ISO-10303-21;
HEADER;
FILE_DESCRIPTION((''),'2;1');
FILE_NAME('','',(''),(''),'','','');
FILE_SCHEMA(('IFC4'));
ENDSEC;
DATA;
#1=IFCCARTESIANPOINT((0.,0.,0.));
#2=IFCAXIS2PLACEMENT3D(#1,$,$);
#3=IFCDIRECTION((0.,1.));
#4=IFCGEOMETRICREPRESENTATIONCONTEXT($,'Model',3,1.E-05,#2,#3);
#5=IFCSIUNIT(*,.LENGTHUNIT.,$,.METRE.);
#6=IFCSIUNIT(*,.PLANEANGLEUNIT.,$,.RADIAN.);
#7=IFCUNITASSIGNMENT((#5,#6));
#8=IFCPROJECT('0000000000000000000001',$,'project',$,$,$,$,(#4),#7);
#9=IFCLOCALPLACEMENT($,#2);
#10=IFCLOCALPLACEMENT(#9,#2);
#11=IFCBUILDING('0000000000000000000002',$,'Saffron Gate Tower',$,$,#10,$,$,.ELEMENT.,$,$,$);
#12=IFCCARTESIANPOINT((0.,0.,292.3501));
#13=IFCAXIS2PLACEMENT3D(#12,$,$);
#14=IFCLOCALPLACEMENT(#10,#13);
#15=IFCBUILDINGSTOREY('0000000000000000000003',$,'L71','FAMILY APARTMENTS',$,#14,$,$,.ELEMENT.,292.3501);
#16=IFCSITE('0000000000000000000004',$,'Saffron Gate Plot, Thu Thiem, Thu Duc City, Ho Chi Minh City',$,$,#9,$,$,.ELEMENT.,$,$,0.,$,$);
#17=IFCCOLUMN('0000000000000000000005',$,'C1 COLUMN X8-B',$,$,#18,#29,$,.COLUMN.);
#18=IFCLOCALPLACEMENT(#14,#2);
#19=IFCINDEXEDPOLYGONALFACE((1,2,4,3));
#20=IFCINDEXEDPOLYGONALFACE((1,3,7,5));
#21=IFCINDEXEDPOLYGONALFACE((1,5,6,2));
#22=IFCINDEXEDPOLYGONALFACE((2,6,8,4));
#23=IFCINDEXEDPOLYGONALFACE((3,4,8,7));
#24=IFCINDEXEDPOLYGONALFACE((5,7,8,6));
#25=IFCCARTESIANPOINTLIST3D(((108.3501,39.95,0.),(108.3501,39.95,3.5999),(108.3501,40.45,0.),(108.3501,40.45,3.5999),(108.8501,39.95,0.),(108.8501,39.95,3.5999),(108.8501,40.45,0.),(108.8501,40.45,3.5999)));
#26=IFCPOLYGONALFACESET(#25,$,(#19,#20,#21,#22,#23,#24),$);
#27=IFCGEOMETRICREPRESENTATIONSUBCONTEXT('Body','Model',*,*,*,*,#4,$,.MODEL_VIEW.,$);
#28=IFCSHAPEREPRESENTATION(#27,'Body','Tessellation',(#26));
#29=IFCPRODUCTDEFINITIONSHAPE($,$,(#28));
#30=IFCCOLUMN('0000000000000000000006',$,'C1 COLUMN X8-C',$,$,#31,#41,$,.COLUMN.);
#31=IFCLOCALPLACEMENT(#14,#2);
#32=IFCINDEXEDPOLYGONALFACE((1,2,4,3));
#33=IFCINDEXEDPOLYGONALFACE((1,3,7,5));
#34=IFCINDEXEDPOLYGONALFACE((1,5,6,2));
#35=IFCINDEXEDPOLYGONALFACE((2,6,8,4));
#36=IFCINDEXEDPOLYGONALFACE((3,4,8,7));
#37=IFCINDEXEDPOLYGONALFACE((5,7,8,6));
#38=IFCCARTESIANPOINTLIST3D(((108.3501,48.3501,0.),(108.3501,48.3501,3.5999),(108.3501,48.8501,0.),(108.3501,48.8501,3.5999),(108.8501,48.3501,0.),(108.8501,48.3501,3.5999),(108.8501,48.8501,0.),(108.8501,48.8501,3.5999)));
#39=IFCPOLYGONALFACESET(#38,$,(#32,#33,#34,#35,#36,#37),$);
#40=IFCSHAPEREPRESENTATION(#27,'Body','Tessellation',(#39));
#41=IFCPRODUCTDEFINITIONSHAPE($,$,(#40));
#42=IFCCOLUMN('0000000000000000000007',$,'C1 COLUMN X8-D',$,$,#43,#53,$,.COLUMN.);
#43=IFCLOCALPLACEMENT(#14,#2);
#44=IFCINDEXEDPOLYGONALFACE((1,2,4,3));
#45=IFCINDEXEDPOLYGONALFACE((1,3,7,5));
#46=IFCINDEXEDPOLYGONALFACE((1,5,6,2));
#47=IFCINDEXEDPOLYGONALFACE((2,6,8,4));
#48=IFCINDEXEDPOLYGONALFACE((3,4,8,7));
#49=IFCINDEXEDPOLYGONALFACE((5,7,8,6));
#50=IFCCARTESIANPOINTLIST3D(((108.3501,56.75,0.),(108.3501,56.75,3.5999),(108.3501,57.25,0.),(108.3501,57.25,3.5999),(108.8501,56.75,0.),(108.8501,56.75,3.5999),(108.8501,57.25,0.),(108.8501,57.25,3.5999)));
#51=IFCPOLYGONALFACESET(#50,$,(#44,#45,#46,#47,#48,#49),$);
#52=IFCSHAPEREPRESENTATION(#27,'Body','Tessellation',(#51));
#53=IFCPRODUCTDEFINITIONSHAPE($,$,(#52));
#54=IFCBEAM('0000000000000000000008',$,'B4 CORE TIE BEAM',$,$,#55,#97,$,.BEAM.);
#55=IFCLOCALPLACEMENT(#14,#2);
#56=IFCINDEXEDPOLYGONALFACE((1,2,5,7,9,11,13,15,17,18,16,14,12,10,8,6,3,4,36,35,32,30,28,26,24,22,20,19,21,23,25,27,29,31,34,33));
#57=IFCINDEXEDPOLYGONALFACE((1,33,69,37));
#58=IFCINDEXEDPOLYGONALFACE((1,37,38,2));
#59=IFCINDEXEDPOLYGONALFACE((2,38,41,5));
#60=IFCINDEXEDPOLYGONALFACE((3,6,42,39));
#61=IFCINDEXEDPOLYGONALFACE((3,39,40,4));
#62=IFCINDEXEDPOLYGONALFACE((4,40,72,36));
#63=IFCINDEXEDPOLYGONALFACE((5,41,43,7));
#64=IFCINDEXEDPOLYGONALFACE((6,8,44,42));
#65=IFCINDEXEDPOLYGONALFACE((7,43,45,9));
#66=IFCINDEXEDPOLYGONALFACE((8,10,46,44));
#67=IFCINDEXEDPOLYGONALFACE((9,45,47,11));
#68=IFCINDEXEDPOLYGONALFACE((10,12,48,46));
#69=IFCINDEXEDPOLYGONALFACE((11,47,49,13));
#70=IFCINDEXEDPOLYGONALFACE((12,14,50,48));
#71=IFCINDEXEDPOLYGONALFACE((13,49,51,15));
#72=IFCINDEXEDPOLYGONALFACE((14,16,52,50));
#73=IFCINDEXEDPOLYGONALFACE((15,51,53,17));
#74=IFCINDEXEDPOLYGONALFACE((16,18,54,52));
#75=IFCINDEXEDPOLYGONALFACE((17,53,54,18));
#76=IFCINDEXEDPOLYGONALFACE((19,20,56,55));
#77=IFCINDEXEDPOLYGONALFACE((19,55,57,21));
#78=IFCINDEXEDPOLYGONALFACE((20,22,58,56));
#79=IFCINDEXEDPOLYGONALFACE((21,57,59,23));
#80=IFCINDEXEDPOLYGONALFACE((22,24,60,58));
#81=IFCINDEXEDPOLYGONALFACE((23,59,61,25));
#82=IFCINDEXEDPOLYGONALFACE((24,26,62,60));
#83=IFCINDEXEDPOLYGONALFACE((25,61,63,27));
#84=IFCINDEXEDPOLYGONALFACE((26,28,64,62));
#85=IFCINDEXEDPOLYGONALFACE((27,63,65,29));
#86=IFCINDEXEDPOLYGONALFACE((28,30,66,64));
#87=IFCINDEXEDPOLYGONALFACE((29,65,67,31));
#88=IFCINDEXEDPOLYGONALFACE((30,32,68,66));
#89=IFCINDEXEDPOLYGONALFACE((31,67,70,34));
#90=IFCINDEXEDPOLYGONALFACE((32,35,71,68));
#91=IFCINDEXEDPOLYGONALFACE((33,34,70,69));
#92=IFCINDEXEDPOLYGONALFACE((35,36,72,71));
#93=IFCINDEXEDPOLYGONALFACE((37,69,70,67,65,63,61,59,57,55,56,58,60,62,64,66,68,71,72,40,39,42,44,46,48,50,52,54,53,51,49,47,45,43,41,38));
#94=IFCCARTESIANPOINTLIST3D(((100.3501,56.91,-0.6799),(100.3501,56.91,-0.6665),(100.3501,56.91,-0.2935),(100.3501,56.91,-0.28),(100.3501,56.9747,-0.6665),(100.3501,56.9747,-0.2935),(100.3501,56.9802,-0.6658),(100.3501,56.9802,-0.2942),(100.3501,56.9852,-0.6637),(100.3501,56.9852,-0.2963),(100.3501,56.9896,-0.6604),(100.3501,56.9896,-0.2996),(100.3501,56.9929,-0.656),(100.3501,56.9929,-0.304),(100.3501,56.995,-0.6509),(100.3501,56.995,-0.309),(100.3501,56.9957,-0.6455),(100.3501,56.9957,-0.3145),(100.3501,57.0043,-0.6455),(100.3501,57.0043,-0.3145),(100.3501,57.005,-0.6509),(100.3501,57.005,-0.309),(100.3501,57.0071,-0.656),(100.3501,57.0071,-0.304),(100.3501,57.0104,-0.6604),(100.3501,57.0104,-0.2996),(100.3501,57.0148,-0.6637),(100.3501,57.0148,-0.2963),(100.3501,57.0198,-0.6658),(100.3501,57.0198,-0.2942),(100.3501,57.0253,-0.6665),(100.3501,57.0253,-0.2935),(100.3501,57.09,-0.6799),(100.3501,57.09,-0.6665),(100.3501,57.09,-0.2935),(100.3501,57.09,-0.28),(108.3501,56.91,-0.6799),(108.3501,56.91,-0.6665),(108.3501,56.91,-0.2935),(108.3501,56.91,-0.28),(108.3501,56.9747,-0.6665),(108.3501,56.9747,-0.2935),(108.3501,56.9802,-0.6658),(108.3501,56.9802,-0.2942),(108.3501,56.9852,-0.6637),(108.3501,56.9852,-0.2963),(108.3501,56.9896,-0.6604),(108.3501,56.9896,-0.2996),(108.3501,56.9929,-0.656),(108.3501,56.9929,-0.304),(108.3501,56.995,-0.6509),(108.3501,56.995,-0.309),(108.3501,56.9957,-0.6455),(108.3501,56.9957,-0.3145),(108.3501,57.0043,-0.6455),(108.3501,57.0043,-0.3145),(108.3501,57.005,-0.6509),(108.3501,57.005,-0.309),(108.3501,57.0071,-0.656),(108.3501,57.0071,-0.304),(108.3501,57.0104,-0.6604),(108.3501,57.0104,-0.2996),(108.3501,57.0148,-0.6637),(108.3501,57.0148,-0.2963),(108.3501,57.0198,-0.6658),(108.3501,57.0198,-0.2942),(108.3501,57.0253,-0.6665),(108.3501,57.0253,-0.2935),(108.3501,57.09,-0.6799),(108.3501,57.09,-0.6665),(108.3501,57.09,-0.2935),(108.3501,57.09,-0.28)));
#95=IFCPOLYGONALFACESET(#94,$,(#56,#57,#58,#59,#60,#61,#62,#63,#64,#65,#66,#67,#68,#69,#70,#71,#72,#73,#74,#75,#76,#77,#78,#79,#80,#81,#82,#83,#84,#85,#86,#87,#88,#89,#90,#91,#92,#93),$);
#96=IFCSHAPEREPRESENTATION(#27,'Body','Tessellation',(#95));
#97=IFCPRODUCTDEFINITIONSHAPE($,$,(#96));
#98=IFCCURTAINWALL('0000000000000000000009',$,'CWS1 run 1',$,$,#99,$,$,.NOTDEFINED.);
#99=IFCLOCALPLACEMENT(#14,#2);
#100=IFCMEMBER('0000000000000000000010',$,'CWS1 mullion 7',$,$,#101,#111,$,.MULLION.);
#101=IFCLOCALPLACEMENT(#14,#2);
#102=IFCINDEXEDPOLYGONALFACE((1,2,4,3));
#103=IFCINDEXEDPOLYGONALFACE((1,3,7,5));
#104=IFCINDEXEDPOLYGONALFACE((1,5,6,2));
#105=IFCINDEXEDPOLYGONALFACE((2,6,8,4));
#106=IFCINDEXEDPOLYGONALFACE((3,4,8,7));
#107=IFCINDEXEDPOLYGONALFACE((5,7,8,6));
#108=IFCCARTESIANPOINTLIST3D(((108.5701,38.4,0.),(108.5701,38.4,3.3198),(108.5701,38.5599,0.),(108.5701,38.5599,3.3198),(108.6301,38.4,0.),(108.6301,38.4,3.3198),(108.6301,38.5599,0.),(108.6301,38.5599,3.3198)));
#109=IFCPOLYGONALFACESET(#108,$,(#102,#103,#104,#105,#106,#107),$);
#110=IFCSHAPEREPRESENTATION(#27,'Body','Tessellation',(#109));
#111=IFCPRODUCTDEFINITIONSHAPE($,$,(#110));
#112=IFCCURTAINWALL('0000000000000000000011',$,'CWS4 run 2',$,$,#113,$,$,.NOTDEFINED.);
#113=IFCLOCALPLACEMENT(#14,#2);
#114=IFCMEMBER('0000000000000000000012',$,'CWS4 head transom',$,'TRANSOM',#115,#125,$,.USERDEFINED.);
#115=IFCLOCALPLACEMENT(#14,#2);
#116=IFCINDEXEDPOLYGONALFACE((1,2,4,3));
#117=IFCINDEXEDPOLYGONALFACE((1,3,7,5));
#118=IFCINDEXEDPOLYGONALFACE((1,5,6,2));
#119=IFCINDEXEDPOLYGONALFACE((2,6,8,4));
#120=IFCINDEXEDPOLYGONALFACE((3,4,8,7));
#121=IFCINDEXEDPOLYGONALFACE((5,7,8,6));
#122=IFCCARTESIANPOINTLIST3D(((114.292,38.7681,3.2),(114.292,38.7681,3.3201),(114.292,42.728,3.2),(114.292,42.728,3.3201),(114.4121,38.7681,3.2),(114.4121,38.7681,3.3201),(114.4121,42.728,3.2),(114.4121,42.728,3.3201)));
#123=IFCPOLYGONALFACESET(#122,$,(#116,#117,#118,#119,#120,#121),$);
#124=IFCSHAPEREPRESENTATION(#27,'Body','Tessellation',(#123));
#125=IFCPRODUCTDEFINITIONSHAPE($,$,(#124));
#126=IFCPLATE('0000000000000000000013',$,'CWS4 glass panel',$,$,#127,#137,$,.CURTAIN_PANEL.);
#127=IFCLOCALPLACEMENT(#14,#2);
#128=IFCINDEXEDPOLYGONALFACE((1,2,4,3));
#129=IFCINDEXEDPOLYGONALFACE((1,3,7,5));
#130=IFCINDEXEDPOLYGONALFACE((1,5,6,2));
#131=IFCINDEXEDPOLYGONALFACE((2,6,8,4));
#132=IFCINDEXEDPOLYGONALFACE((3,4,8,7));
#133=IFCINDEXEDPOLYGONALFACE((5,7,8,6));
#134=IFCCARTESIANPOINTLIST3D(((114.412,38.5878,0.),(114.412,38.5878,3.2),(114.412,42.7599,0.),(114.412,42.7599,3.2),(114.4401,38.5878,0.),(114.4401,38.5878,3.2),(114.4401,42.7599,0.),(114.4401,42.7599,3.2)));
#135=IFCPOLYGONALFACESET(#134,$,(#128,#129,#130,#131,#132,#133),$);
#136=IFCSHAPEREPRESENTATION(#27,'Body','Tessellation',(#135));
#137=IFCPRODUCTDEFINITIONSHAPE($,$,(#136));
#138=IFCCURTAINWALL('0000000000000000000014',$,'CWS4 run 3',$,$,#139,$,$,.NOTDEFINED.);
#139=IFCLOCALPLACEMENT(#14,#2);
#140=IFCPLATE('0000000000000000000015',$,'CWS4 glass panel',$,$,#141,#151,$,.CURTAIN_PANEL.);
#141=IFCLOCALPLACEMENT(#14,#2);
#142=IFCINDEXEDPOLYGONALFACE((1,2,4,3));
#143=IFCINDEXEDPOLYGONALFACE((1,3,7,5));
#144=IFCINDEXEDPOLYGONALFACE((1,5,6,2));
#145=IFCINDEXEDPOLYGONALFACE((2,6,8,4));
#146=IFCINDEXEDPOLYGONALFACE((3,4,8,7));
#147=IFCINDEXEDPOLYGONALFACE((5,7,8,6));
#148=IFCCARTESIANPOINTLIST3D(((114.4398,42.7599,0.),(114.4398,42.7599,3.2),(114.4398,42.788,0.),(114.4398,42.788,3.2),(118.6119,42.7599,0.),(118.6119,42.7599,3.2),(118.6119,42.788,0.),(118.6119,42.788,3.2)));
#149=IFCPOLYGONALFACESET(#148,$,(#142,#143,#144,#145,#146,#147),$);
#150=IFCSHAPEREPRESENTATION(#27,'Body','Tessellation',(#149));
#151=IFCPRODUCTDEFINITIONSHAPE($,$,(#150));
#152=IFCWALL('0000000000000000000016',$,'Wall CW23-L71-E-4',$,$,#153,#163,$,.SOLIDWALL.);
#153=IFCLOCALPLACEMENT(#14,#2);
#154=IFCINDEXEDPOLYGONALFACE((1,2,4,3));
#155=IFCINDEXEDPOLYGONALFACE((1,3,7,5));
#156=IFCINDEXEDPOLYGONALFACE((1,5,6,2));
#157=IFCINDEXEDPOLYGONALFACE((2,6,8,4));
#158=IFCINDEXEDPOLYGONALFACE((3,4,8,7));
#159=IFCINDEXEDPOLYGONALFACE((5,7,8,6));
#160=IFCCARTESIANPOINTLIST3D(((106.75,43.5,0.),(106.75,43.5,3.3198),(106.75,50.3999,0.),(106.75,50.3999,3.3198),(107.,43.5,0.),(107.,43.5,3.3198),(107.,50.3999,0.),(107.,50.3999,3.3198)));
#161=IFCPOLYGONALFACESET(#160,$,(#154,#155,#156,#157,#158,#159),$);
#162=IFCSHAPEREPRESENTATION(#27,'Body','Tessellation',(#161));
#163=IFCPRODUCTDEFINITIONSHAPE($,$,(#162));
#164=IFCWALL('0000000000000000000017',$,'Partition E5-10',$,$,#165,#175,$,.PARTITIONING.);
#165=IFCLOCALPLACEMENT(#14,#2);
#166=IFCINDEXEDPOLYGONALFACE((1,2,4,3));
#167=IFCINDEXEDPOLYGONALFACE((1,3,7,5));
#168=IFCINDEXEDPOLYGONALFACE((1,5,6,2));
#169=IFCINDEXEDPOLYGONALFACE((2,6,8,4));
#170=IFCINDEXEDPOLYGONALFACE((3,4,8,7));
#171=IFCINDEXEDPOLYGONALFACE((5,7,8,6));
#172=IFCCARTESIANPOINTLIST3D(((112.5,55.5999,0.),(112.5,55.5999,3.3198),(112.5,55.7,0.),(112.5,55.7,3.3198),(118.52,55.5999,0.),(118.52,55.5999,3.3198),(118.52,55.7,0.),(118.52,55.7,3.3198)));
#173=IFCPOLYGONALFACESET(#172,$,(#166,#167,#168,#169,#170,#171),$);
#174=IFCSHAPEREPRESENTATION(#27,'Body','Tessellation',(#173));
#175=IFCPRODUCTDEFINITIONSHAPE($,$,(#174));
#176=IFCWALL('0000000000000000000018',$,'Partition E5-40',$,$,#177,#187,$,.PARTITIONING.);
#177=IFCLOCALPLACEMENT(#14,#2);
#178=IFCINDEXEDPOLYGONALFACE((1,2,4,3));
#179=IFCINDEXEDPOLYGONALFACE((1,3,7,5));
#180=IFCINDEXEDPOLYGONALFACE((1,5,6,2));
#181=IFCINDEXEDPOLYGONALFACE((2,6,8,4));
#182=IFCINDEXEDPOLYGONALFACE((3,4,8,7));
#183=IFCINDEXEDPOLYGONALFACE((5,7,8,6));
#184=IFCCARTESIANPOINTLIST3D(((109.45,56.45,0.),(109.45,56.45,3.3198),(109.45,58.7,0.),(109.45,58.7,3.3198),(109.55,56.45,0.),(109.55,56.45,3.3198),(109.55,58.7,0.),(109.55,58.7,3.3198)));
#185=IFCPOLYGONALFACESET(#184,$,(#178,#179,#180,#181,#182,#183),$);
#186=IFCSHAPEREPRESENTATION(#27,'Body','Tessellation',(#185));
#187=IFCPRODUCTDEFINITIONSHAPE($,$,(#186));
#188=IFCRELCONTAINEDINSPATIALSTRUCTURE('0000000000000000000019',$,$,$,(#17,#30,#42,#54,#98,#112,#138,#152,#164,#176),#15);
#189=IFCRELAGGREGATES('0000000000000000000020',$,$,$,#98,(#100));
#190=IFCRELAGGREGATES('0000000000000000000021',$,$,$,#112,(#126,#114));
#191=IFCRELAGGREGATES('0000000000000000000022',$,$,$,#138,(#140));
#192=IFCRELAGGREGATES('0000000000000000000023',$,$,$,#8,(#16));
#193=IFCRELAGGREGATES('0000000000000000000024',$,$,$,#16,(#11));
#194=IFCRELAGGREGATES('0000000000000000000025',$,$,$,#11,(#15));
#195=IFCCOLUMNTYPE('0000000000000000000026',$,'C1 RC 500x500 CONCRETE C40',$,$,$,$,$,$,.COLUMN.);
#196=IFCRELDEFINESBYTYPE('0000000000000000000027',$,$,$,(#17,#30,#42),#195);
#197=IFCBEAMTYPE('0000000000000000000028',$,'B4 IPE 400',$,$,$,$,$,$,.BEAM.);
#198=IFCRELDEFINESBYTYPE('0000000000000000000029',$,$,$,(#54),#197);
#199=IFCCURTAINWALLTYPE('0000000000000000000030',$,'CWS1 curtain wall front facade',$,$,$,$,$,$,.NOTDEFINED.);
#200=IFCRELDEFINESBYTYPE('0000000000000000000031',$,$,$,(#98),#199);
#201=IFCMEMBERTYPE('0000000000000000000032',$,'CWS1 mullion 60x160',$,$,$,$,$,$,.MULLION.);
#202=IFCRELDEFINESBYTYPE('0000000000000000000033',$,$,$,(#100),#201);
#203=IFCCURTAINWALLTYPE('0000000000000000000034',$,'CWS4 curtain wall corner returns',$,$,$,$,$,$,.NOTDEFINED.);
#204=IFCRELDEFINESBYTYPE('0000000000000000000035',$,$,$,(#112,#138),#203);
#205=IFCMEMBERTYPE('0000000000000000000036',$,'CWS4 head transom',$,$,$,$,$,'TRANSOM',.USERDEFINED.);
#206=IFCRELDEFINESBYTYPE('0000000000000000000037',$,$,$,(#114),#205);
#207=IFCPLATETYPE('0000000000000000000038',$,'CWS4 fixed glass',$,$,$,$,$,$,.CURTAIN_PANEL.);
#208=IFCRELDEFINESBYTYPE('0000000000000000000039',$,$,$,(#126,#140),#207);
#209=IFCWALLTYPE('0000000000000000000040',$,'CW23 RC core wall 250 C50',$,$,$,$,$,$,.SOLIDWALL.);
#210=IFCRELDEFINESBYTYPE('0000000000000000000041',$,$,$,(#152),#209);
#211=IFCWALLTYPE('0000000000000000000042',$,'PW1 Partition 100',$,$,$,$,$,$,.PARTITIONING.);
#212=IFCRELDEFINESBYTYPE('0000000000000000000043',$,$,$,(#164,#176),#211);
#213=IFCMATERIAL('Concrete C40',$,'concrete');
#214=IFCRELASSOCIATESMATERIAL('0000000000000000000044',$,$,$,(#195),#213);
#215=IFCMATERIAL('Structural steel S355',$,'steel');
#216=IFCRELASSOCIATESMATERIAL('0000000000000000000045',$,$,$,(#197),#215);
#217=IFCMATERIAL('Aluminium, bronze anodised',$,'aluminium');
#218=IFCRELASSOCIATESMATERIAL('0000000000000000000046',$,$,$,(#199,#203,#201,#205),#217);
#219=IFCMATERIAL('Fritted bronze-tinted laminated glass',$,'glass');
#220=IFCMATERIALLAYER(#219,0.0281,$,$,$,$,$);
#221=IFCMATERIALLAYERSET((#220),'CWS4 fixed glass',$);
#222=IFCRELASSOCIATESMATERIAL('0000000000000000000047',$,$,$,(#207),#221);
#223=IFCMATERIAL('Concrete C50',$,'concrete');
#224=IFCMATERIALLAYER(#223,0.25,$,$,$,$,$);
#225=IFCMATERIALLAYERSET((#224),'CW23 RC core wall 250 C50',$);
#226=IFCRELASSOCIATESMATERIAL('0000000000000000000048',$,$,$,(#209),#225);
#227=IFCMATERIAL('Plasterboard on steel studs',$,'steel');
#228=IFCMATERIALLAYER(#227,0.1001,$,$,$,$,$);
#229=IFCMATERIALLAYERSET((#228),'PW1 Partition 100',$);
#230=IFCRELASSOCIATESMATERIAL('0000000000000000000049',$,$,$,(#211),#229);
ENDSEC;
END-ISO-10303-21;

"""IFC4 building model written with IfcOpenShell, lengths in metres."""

from ifc_helpers import new_model, si_unit, direction, frame, frame_2d, origin, origin_2d, place, context, subcontext, project, spatial, rectangle, i_section, extrude, material, layer, layer_set, material_profile, profile_set, type_object, element, aggregate, save


model = new_model("IFC4")

# Units and contexts
model_context = context("Model", 3, precision=1e-05, world=origin(), true_north=direction((0.0, 1.0)))
body_context = subcontext(model_context, "Body", "Model", "MODEL_VIEW")
ifc_project = project(units=[si_unit("LENGTHUNIT", "METRE"), si_unit("PLANEANGLEUNIT", "RADIAN")], contexts=[model_context])

# Site, building, storey
site_placement = place(None, origin())
site = spatial("IfcSite", under=ifc_project, at=site_placement, Name="Saffron Gate Plot, Thu Thiem, Thu Duc City, Ho Chi Minh City", CompositionType="ELEMENT", RefElevation=0.0)
building_placement = place(site_placement, origin())
building = spatial("IfcBuilding", under=site, at=building_placement, Name="Saffron Gate Tower", CompositionType="ELEMENT")
storey_placement = place(building_placement, frame((0.0, 0.0, 292.3501)))
storey = spatial("IfcBuildingStorey", under=building, at=storey_placement, Name="L71", Description="FAMILY APARTMENTS", CompositionType="ELEMENT", Elevation=292.3501)

# Columns
ifc_material_1 = material(Name="Concrete C40", Category="concrete")
ifc_material_profile_1 = material_profile(ifc_material_1, rectangle(XDim=0.5, YDim=0.5, at=origin_2d()))
ifc_profile_set_1 = profile_set([ifc_material_profile_1], Name="Concrete C40")
column_type = type_object("IfcColumnType", Name="C1 RC 500x500 CONCRETE C40", PredefinedType="COLUMN", material=ifc_profile_set_1)
for number, where, z_axis, x_axis, name in (
    (1, (108.6001, 40.2, 0.0), (0.0, 0.0, 1.0), (1.0, 0.0, 0.0), "C1 COLUMN X8-B"),
    (2, (108.6001, 48.6001, 0.0), (0.0, 0.0, 1.0), (1.0, 0.0, 0.0), "C1 COLUMN X8-C"),
    (3, (108.6001, 57.0, 0.0), (0.0, 0.0, 1.0), (1.0, 0.0, 0.0), "C1 COLUMN X8-D"),
):
    element("IfcColumn", number, at=place(storey_placement, frame(where, z_axis=z_axis, x_axis=x_axis)), inside=storey, type_object=column_type, Name=name, PredefinedType="COLUMN", context=body_context, shape_type="SweptSolid", body=[
        extrude(rectangle(XDim=0.5, YDim=0.5, at=origin_2d()), origin(), (0.0, 0.0, 1.0), 3.5999),
    ])

# Beam
ifc_material_2 = material(Name="Structural steel S355", Category="steel")
ifc_material_profile_2 = material_profile(ifc_material_2, i_section(OverallWidth=0.1799, OverallDepth=0.3999, WebThickness=0.0085, FlangeThickness=0.0134, FilletRadius=0.021, at=origin_2d()))
ifc_profile_set_2 = profile_set([ifc_material_profile_2], Name="Structural steel S355")
beam_type = type_object("IfcBeamType", Name="B4 IPE 400", PredefinedType="BEAM", material=ifc_profile_set_2)
beam_placement = place(storey_placement, frame((108.3501, 57.0, -0.48), z_axis=(-1.0, 0.0, 0.0), x_axis=(0.0, -1.0, 0.0)))
element("IfcBeam", 4, at=beam_placement, inside=storey, type_object=beam_type, Name="B4 CORE TIE BEAM", PredefinedType="BEAM", context=body_context, shape_type="SweptSolid", body=[
    extrude(i_section(OverallWidth=0.1799, OverallDepth=0.3999, WebThickness=0.0085, FlangeThickness=0.0134, FilletRadius=0.021, at=origin_2d()), origin(), (0.0, 0.0, 1.0), 8.0),
])

# Curtain wall, member
ifc_material_3 = material(Name="Aluminium, bronze anodised", Category="aluminium")
curtain_wall_type_1 = type_object("IfcCurtainWallType", Name="CWS1 curtain wall front facade", PredefinedType="NOTDEFINED", material=ifc_material_3)
curtain_wall_1_placement = place(storey_placement, origin())
curtain_wall_1 = element("IfcCurtainWall", 5, at=curtain_wall_1_placement, inside=storey, type_object=curtain_wall_type_1, Name="CWS1 run 1", PredefinedType="NOTDEFINED")
ifc_material_profile_3 = material_profile(ifc_material_3, rectangle(XDim=0.1599, YDim=0.0601, at=origin_2d()))
ifc_profile_set_3 = profile_set([ifc_material_profile_3], Name="Aluminium, bronze anodised")
member_type_1 = type_object("IfcMemberType", Name="CWS1 mullion 60x160", PredefinedType="MULLION", material=ifc_profile_set_3)
member_1_placement = place(storey_placement, frame((108.6001, 38.48, 0.0), z_axis=(0.0, 0.0, 1.0), x_axis=(0.0, 1.0, 0.0)))
member_1 = element("IfcMember", 6, at=member_1_placement, type_object=member_type_1, Name="CWS1 mullion 7", PredefinedType="MULLION", context=body_context, shape_type="SweptSolid", body=[
    extrude(rectangle(XDim=0.1599, YDim=0.0601, at=origin_2d()), origin(), (0.0, 0.0, 1.0), 3.3198),
])
aggregate(curtain_wall_1, [member_1])

# Curtain wall, member, plate
curtain_wall_type_2 = type_object("IfcCurtainWallType", Name="CWS4 curtain wall corner returns", PredefinedType="NOTDEFINED", material=ifc_material_3)
curtain_wall_2_placement = place(storey_placement, origin())
curtain_wall_2 = element("IfcCurtainWall", 7, at=curtain_wall_2_placement, inside=storey, type_object=curtain_wall_type_2, Name="CWS4 run 2", PredefinedType="NOTDEFINED")
ifc_material_profile_4 = material_profile(ifc_material_3, rectangle(XDim=0.1201, YDim=0.1201, at=origin_2d()))
ifc_profile_set_4 = profile_set([ifc_material_profile_4], Name="Aluminium, bronze anodised")
member_type_2 = type_object("IfcMemberType", Name="CWS4 head transom", ElementType="TRANSOM", PredefinedType="USERDEFINED", material=ifc_profile_set_4)
member_2_placement = place(storey_placement, frame((114.3521, 38.7681, 3.26), z_axis=(0.0, 1.0, 0.0), x_axis=(-1.0, 0.0, 0.0)))
member_2 = element("IfcMember", 8, at=member_2_placement, type_object=member_type_2, Name="CWS4 head transom", ObjectType="TRANSOM", PredefinedType="USERDEFINED", context=body_context, shape_type="SweptSolid", body=[
    extrude(rectangle(XDim=0.1201, YDim=0.1201, at=origin_2d()), origin(), (0.0, 0.0, 1.0), 3.96),
])
ifc_material_4 = material(Name="Fritted bronze-tinted laminated glass", Category="glass")
ifc_layer_1 = layer(ifc_material_4, 0.0281)
ifc_layer_set_1 = layer_set([ifc_layer_1], Name="CWS4 fixed glass")
plate_type = type_object("IfcPlateType", Name="CWS4 fixed glass", PredefinedType="CURTAIN_PANEL", material=ifc_layer_set_1)
plate_1_placement = place(storey_placement, frame((114.426, 38.5879, 0.0), z_axis=(0.0, 0.0, 1.0), x_axis=(0.0, 1.0, 0.0)))
plate_1 = element("IfcPlate", 9, at=plate_1_placement, type_object=plate_type, Name="CWS4 glass panel", PredefinedType="CURTAIN_PANEL", context=body_context, shape_type="SweptSolid", body=[
    extrude(rectangle(XDim=4.1721, YDim=0.0281, at=frame_2d((2.0859, 0.0))), origin(), (0.0, 0.0, 1.0), 3.2),
])
aggregate(curtain_wall_2, [plate_1, member_2])

# Curtain wall, plate
curtain_wall_3_placement = place(storey_placement, origin())
curtain_wall_3 = element("IfcCurtainWall", 10, at=curtain_wall_3_placement, inside=storey, type_object=curtain_wall_type_2, Name="CWS4 run 3", PredefinedType="NOTDEFINED")
plate_2_placement = place(storey_placement, frame((114.4399, 42.7739, 0.0), z_axis=(0.0, 0.0, 1.0), x_axis=(1.0, 0.0, 0.0)))
plate_2 = element("IfcPlate", 11, at=plate_2_placement, type_object=plate_type, Name="CWS4 glass panel", PredefinedType="CURTAIN_PANEL", context=body_context, shape_type="SweptSolid", body=[
    extrude(rectangle(XDim=4.1721, YDim=0.0281, at=frame_2d((2.0859, 0.0))), origin(), (0.0, 0.0, 1.0), 3.2),
])
aggregate(curtain_wall_3, [plate_2])

# Walls
ifc_material_5 = material(Name="Concrete C50", Category="concrete")
ifc_layer_2 = layer(ifc_material_5, 0.25)
ifc_layer_set_2 = layer_set([ifc_layer_2], Name="CW23 RC core wall 250 C50")
wall_type_1 = type_object("IfcWallType", Name="CW23 RC core wall 250 C50", PredefinedType="SOLIDWALL", material=ifc_layer_set_2)
wall_1_placement = place(storey_placement, frame((106.875, 43.5, 0.0), z_axis=(0.0, 0.0, 1.0), x_axis=(0.0, 1.0, 0.0)))
element("IfcWall", 12, at=wall_1_placement, inside=storey, type_object=wall_type_1, Name="Wall CW23-L71-E-4", PredefinedType="SOLIDWALL", context=body_context, shape_type="SweptSolid", body=[
    extrude(rectangle(XDim=6.8999, YDim=0.25, at=frame_2d((3.45, 0.0))), origin(), (0.0, 0.0, 1.0), 3.3198),
])
ifc_material_6 = material(Name="Plasterboard on steel studs", Category="steel")
ifc_layer_3 = layer(ifc_material_6, 0.1001)
ifc_layer_set_3 = layer_set([ifc_layer_3], Name="PW1 Partition 100")
wall_type_2 = type_object("IfcWallType", Name="PW1 Partition 100", PredefinedType="PARTITIONING", material=ifc_layer_set_3)
wall_2_placement = place(storey_placement, frame((112.5, 55.6499, 0.0), z_axis=(0.0, 0.0, 1.0), x_axis=(1.0, 0.0, 0.0)))
element("IfcWall", 13, at=wall_2_placement, inside=storey, type_object=wall_type_2, Name="Partition E5-10", PredefinedType="PARTITIONING", context=body_context, shape_type="SweptSolid", body=[
    extrude(rectangle(XDim=6.02, YDim=0.1001, at=frame_2d((3.01, 0.0))), origin(), (0.0, 0.0, 1.0), 3.3198),
])
wall_3_placement = place(storey_placement, frame((109.5, 58.7, 0.0), z_axis=(0.0, 0.0, 1.0), x_axis=(0.0, -1.0, 0.0)))
element("IfcWall", 14, at=wall_3_placement, inside=storey, type_object=wall_type_2, Name="Partition E5-40", PredefinedType="PARTITIONING", context=body_context, shape_type="SweptSolid", body=[
    extrude(rectangle(XDim=2.25, YDim=0.1001, at=frame_2d((1.125, 0.0))), origin(), (0.0, 0.0, 1.0), 3.3198),
])

save(model, "model.ifc")
